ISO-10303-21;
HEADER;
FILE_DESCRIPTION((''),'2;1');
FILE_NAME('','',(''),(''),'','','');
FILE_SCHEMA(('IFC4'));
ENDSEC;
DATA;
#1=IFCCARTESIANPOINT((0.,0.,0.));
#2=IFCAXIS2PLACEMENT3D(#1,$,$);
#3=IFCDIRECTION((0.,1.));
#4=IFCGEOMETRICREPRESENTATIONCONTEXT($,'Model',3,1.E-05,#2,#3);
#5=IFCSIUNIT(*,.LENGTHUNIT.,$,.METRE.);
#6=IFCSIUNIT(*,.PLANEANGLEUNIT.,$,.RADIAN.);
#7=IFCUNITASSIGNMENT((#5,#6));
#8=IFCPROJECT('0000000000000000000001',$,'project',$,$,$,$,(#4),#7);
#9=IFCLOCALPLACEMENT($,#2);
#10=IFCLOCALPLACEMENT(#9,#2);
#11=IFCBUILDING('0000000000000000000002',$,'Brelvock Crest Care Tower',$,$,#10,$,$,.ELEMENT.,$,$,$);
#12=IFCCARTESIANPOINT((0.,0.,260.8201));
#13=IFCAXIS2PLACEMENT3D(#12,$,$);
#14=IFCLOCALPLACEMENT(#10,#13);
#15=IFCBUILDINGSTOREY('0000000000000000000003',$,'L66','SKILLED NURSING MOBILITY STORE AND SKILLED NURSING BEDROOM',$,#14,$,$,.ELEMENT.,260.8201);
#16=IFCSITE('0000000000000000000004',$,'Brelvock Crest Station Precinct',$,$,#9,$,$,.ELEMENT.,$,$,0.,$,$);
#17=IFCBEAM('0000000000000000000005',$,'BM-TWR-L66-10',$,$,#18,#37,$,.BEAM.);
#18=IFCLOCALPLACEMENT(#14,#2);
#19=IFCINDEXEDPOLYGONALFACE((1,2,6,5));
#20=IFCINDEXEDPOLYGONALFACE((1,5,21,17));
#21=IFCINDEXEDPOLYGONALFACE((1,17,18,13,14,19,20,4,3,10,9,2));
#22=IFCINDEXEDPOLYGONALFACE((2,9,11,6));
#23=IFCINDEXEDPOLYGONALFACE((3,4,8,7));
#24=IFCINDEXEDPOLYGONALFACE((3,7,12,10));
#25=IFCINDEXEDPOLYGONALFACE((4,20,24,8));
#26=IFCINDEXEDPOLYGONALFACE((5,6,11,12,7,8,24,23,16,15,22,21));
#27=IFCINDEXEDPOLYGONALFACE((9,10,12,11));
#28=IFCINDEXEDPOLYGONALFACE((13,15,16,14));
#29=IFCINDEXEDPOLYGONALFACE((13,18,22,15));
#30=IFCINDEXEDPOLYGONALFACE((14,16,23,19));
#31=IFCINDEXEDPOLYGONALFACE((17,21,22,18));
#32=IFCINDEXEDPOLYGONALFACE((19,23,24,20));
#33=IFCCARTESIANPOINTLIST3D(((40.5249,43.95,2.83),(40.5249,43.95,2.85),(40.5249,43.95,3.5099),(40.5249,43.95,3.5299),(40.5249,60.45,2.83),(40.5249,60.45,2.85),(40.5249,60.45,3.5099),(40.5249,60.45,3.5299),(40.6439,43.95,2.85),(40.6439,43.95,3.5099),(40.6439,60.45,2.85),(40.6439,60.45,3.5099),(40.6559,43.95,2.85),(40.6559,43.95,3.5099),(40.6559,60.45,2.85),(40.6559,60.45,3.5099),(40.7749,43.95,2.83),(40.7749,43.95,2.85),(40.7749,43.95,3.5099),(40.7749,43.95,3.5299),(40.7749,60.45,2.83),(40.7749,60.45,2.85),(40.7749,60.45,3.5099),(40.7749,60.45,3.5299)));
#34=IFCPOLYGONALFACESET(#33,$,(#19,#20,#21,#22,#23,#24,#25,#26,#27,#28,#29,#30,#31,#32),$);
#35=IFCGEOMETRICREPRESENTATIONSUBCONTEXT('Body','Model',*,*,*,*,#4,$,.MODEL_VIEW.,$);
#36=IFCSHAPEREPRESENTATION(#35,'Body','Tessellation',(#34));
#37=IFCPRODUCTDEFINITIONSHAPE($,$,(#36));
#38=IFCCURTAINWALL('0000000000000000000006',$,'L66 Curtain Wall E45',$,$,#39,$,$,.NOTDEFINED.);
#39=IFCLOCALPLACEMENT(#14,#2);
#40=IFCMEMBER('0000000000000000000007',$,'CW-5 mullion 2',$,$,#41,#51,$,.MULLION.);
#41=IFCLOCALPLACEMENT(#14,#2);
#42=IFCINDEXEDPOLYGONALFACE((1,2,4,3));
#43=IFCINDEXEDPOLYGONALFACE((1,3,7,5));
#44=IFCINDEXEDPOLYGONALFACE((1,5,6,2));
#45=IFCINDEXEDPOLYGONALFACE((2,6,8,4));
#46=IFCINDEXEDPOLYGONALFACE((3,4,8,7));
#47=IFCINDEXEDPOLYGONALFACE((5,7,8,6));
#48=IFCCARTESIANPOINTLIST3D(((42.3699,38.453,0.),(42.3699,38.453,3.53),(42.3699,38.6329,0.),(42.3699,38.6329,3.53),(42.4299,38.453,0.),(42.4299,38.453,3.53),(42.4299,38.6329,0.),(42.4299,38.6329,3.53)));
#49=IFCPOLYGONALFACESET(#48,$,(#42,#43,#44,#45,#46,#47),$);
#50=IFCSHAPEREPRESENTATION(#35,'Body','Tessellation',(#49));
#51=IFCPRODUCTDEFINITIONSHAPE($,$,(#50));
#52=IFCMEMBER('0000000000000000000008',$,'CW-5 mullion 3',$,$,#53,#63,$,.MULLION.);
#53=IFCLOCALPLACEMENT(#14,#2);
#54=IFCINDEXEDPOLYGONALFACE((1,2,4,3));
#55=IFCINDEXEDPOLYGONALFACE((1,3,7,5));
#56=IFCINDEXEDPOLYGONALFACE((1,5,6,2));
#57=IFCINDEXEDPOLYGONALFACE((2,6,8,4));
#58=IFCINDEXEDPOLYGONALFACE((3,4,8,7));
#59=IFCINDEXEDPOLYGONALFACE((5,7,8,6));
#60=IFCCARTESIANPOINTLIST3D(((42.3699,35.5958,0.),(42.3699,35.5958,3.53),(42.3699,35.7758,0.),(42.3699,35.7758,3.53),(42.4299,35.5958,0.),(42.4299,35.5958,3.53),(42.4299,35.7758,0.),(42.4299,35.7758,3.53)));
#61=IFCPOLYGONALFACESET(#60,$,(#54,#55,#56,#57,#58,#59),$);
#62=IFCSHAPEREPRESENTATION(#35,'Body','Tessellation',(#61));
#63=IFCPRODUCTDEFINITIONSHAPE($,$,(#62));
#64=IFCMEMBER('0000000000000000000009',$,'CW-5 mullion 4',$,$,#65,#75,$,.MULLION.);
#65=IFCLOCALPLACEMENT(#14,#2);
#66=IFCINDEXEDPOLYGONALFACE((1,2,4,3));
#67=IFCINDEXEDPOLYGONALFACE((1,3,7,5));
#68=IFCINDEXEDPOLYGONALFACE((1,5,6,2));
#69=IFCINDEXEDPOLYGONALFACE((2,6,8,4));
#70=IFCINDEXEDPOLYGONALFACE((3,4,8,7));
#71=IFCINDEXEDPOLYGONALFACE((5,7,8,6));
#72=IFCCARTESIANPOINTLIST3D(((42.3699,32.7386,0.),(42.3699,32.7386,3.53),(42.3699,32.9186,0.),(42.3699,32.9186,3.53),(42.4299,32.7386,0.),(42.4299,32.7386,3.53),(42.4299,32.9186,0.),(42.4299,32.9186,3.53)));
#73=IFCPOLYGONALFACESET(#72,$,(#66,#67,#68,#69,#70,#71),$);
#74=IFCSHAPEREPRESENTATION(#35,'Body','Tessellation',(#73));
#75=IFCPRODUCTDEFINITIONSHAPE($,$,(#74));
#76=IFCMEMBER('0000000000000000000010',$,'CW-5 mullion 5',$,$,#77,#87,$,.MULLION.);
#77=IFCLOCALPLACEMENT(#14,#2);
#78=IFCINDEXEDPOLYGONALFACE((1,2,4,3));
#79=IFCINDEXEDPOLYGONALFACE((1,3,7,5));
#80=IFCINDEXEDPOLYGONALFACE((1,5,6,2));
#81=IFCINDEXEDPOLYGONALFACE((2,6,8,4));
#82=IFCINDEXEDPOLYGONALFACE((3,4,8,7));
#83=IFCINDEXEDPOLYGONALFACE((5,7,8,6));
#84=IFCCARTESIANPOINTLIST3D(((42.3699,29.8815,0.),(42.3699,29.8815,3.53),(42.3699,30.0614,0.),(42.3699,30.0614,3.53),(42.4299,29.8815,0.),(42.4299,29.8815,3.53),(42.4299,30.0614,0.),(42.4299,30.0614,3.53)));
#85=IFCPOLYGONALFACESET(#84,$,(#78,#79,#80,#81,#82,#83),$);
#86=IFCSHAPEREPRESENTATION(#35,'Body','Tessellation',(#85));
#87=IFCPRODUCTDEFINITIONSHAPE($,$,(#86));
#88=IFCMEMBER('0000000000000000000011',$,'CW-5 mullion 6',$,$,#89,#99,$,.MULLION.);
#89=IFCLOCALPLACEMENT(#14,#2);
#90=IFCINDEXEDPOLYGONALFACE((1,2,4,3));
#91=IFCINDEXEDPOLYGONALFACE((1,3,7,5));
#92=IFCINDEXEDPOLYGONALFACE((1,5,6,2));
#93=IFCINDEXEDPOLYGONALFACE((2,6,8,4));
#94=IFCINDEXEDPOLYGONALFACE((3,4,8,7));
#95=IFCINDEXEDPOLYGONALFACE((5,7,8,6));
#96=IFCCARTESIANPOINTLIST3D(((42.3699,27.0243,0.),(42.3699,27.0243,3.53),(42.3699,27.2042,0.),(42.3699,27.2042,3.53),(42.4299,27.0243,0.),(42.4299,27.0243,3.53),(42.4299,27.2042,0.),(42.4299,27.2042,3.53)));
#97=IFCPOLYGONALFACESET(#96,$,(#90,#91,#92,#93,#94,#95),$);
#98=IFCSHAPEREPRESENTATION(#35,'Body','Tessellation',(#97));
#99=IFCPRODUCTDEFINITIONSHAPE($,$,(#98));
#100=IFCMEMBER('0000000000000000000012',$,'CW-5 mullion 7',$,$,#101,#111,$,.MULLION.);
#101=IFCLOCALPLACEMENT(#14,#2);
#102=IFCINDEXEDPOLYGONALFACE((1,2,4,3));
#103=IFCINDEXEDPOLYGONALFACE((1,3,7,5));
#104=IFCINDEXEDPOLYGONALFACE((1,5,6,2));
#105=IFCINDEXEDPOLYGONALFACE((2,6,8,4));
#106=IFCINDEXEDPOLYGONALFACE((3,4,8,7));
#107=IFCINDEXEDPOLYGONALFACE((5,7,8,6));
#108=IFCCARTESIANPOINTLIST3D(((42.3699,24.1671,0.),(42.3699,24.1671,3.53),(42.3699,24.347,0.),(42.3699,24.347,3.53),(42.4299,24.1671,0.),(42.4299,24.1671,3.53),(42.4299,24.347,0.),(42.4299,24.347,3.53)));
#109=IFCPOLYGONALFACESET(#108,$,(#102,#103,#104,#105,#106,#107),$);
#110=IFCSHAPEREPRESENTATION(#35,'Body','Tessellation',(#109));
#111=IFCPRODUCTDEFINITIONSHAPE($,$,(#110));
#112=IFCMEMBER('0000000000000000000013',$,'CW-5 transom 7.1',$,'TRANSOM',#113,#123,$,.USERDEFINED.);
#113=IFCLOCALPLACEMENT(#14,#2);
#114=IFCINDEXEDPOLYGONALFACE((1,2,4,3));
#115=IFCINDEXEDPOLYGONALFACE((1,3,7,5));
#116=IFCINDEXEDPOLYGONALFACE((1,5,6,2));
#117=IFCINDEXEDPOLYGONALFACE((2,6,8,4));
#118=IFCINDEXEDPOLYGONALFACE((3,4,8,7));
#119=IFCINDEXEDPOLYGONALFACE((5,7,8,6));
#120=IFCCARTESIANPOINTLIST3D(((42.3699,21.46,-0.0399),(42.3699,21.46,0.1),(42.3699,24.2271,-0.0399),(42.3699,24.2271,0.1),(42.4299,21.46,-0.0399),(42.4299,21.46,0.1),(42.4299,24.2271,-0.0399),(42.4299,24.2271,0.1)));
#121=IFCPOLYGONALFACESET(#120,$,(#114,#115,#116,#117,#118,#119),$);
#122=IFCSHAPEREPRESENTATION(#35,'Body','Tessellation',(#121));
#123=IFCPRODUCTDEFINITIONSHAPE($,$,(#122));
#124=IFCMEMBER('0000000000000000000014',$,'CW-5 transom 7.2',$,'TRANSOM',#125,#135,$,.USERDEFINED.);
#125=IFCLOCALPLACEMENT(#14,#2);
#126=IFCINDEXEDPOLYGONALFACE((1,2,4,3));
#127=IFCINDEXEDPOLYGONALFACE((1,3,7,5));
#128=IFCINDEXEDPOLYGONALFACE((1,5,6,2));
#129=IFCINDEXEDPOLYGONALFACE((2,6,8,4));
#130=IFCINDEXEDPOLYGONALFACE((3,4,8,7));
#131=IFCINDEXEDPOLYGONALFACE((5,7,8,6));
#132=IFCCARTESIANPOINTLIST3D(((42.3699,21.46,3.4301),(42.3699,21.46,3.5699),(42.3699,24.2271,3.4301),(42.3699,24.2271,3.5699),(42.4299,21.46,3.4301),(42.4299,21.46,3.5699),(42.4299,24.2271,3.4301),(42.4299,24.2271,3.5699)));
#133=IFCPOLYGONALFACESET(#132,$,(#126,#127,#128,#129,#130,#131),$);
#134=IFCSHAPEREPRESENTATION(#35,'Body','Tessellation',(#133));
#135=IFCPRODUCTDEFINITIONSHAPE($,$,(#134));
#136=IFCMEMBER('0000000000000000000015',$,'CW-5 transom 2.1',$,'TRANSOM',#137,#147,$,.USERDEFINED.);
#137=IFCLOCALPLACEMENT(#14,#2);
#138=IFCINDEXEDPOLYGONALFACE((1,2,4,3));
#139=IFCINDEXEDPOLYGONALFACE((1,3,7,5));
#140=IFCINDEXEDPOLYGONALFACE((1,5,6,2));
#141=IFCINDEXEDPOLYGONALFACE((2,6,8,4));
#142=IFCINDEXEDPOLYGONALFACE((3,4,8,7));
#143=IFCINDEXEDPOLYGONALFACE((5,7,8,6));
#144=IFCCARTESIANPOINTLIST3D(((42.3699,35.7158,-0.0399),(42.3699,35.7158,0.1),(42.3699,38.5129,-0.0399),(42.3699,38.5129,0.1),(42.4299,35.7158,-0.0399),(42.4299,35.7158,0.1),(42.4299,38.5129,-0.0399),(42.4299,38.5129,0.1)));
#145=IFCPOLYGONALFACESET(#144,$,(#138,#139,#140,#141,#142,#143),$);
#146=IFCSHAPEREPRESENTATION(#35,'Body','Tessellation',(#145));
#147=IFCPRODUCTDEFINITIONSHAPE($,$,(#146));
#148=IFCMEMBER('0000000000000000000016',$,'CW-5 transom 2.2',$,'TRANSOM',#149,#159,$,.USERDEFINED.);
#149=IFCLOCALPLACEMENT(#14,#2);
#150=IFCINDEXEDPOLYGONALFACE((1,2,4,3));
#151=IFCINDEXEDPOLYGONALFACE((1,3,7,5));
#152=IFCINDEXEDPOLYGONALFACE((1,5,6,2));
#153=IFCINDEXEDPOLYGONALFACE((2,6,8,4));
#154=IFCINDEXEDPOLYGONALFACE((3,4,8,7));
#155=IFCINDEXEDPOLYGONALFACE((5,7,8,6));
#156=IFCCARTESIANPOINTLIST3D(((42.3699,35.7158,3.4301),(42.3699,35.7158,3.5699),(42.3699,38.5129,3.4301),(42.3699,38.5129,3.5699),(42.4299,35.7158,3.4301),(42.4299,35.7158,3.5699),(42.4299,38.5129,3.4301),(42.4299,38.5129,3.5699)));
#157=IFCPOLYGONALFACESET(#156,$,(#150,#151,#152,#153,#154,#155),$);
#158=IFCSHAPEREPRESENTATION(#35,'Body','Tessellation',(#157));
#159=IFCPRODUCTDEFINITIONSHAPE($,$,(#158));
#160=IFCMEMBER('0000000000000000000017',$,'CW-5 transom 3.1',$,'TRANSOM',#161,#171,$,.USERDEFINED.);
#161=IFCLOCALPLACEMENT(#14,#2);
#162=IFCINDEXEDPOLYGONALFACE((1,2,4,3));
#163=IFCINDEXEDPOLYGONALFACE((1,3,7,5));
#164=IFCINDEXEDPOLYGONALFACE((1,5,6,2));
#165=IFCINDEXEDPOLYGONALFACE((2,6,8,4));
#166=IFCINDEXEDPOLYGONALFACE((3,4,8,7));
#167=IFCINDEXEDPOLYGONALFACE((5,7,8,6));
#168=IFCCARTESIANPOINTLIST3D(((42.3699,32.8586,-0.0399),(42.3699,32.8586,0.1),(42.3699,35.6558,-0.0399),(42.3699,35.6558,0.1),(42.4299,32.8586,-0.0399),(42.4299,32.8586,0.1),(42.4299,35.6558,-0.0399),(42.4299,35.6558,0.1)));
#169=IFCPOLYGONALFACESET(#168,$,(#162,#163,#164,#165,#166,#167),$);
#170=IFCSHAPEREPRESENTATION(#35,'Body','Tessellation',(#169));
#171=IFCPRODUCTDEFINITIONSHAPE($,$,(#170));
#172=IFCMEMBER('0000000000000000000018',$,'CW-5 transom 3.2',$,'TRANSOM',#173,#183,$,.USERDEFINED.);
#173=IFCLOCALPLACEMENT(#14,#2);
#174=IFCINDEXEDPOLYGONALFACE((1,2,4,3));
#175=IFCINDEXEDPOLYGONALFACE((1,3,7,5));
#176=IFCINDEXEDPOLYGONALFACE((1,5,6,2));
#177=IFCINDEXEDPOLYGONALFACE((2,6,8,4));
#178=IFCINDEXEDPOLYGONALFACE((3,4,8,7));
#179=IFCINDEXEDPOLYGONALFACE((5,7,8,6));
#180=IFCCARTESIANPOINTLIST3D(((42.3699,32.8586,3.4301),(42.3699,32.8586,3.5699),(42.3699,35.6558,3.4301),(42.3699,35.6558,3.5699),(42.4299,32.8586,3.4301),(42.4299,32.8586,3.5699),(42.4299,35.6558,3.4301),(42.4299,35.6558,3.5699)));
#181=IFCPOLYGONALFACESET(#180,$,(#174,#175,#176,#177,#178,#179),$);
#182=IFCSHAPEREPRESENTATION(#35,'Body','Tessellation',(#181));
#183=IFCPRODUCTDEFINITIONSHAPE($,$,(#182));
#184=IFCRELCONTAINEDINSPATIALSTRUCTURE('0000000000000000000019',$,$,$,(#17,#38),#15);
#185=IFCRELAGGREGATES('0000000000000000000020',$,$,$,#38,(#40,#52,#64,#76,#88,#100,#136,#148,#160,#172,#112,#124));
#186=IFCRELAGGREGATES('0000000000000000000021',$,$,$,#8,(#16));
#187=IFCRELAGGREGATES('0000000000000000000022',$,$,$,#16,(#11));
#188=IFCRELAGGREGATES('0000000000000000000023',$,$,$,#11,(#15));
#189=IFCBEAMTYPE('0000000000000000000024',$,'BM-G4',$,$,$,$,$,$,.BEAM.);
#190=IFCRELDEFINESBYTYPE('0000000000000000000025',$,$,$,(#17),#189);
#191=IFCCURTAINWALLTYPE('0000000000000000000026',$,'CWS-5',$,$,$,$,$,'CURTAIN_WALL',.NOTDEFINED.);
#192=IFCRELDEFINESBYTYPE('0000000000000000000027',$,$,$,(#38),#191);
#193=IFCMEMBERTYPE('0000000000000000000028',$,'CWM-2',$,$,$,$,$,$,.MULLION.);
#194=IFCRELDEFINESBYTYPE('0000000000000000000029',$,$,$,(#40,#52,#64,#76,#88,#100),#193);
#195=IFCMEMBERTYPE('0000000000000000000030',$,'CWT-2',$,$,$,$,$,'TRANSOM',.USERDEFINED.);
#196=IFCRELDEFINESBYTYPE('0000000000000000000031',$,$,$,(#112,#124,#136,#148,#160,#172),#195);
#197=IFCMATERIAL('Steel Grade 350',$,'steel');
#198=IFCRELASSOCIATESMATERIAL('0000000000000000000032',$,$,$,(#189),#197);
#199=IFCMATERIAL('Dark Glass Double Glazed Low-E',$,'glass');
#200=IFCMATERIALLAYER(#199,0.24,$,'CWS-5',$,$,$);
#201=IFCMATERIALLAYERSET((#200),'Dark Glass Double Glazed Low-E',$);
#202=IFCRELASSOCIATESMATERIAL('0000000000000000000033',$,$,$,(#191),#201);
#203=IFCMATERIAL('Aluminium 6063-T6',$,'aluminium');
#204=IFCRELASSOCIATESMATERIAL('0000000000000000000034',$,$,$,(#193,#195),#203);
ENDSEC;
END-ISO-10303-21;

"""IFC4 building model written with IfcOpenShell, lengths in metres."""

from ifc_helpers import new_model, si_unit, direction, frame, origin, origin_2d, place, context, subcontext, project, spatial, rectangle, i_section, extrude, source, transform, mapped, material, layer, layer_set, material_profile, profile_set, type_object, element, aggregate, save


model = new_model("IFC4")

# Units and contexts
model_context = context("Model", 3, precision=1e-05, world=origin(), true_north=direction((0.0, 1.0)))
body_context = subcontext(model_context, "Body", "Model", "MODEL_VIEW")
ifc_project = project(units=[si_unit("LENGTHUNIT", "METRE"), si_unit("PLANEANGLEUNIT", "RADIAN")], contexts=[model_context])

# Site, building, storey
site_placement = place(None, origin())
site = spatial("IfcSite", under=ifc_project, at=site_placement, Name="Brelvock Crest Station Precinct", CompositionType="ELEMENT", RefElevation=0.0)
building_placement = place(site_placement, origin())
building = spatial("IfcBuilding", under=site, at=building_placement, Name="Brelvock Crest Care Tower", CompositionType="ELEMENT")
storey_placement = place(building_placement, frame((0.0, 0.0, 260.8201)))
storey = spatial("IfcBuildingStorey", under=building, at=storey_placement, Name="L66", Description="SKILLED NURSING MOBILITY STORE AND SKILLED NURSING BEDROOM", CompositionType="ELEMENT", Elevation=260.8201)

# Shared definitions
ifc_material_1 = material(Name="Steel Grade 350", Category="steel")

# Beam
ifc_material_profile_1 = material_profile(ifc_material_1, i_section(OverallWidth=0.25, OverallDepth=0.7, WebThickness=0.012, FlangeThickness=0.02, at=origin_2d()), Name="700WB150")
ifc_profile_set_1 = profile_set([ifc_material_profile_1], Name="Steel Grade 350")
beam_type_1 = type_object("IfcBeamType", Name="BM-G4", PredefinedType="BEAM", material=ifc_profile_set_1)
shared_shape_1 = source(origin(), body_context, "Body", "SweptSolid", [
    extrude(i_section(OverallWidth=0.25, OverallDepth=0.7, WebThickness=0.012, FlangeThickness=0.02, at=origin_2d()), origin(), (0.0, 0.0, 1.0), 16.5),
])
beam_1_placement = place(storey_placement, frame((40.6499, 43.95, 3.1799), z_axis=(0.0, 1.0, 0.0), x_axis=(-1.0, 0.0, 0.0)))
element("IfcBeam", 1, at=beam_1_placement, inside=storey, type_object=beam_type_1, Name="BM-TWR-L66-10", PredefinedType="BEAM", context=body_context, shape_type="MappedRepresentation", body=[
    mapped(shared_shape_1, transform((0.0, 0.0, 0.0), x_axis=(1.0, 0.0, 0.0), y_axis=(0.0, 1.0, 0.0), z_axis=(0.0, 0.0, 1.0), scale=1.0)),
])

# Curtain wall, members
ifc_material_2 = material(Name="Dark Glass Double Glazed Low-E", Category="glass")
ifc_layer_1 = layer(ifc_material_2, 0.24, Name="CWS-5")
ifc_layer_set_1 = layer_set([ifc_layer_1], Name="Dark Glass Double Glazed Low-E")
curtain_wall_type = type_object("IfcCurtainWallType", Name="CWS-5", ElementType="CURTAIN_WALL", PredefinedType="NOTDEFINED", material=ifc_layer_set_1)
curtain_wall_placement = place(storey_placement, origin())
curtain_wall = element("IfcCurtainWall", 2, at=curtain_wall_placement, inside=storey, type_object=curtain_wall_type, Name="L66 Curtain Wall E45", PredefinedType="NOTDEFINED")
ifc_material_3 = material(Name="Aluminium 6063-T6", Category="aluminium")
ifc_material_profile_2 = material_profile(ifc_material_3, rectangle(XDim=0.0601, YDim=0.1799, at=origin_2d()), Name="ALU60x180")
ifc_profile_set_2 = profile_set([ifc_material_profile_2], Name="Aluminium 6063-T6")
member_type_1 = type_object("IfcMemberType", Name="CWM-2", PredefinedType="MULLION", material=ifc_profile_set_2)
shared_shape_2 = source(origin(), body_context, "Body", "SweptSolid", [
    extrude(rectangle(XDim=0.0601, YDim=0.1799, at=origin_2d()), origin(), (0.0, 0.0, 1.0), 3.53),
])
member_1_placement = place(storey_placement, frame((42.3999, 38.543, 0.0), z_axis=(0.0, 0.0, 1.0), x_axis=(1.0, 0.0, 0.0)))
member_1 = element("IfcMember", 3, at=member_1_placement, type_object=member_type_1, Name="CW-5 mullion 2", PredefinedType="MULLION", context=body_context, shape_type="MappedRepresentation", body=[
    mapped(shared_shape_2, transform((0.0, 0.0, 0.0), x_axis=(1.0, 0.0, 0.0), y_axis=(0.0, 1.0, 0.0), z_axis=(0.0, 0.0, 1.0), scale=1.0)),
])
member_2_placement = place(storey_placement, frame((42.3999, 35.6858, 0.0), z_axis=(0.0, 0.0, 1.0), x_axis=(1.0, 0.0, 0.0)))
member_2 = element("IfcMember", 4, at=member_2_placement, type_object=member_type_1, Name="CW-5 mullion 3", PredefinedType="MULLION", context=body_context, shape_type="MappedRepresentation", body=[
    mapped(shared_shape_2, transform((0.0, 0.0, 0.0), x_axis=(1.0, 0.0, 0.0), y_axis=(0.0, 1.0, 0.0), z_axis=(0.0, 0.0, 1.0), scale=1.0)),
])
member_3_placement = place(storey_placement, frame((42.3999, 32.8286, 0.0), z_axis=(0.0, 0.0, 1.0), x_axis=(1.0, 0.0, 0.0)))
member_3 = element("IfcMember", 5, at=member_3_placement, type_object=member_type_1, Name="CW-5 mullion 4", PredefinedType="MULLION", context=body_context, shape_type="MappedRepresentation", body=[
    mapped(shared_shape_2, transform((0.0, 0.0, 0.0), x_axis=(1.0, 0.0, 0.0), y_axis=(0.0, 1.0, 0.0), z_axis=(0.0, 0.0, 1.0), scale=1.0)),
])
member_4_placement = place(storey_placement, frame((42.3999, 29.9714, 0.0), z_axis=(0.0, 0.0, 1.0), x_axis=(1.0, 0.0, 0.0)))
member_4 = element("IfcMember", 6, at=member_4_placement, type_object=member_type_1, Name="CW-5 mullion 5", PredefinedType="MULLION", context=body_context, shape_type="MappedRepresentation", body=[
    mapped(shared_shape_2, transform((0.0, 0.0, 0.0), x_axis=(1.0, 0.0, 0.0), y_axis=(0.0, 1.0, 0.0), z_axis=(0.0, 0.0, 1.0), scale=1.0)),
])
member_5_placement = place(storey_placement, frame((42.3999, 27.1143, 0.0), z_axis=(0.0, 0.0, 1.0), x_axis=(1.0, 0.0, 0.0)))
member_5 = element("IfcMember", 7, at=member_5_placement, type_object=member_type_1, Name="CW-5 mullion 6", PredefinedType="MULLION", context=body_context, shape_type="MappedRepresentation", body=[
    mapped(shared_shape_2, transform((0.0, 0.0, 0.0), x_axis=(1.0, 0.0, 0.0), y_axis=(0.0, 1.0, 0.0), z_axis=(0.0, 0.0, 1.0), scale=1.0)),
])
member_6_placement = place(storey_placement, frame((42.3999, 24.2571, 0.0), z_axis=(0.0, 0.0, 1.0), x_axis=(1.0, 0.0, 0.0)))
member_6 = element("IfcMember", 8, at=member_6_placement, type_object=member_type_1, Name="CW-5 mullion 7", PredefinedType="MULLION", context=body_context, shape_type="MappedRepresentation", body=[
    mapped(shared_shape_2, transform((0.0, 0.0, 0.0), x_axis=(1.0, 0.0, 0.0), y_axis=(0.0, 1.0, 0.0), z_axis=(0.0, 0.0, 1.0), scale=1.0)),
])
ifc_material_profile_3 = material_profile(ifc_material_3, rectangle(XDim=0.0601, YDim=0.1399, at=origin_2d()), Name="ALU60x140")
ifc_profile_set_3 = profile_set([ifc_material_profile_3], Name="Aluminium 6063-T6")
member_type_2 = type_object("IfcMemberType", Name="CWT-2", ElementType="TRANSOM", PredefinedType="USERDEFINED", material=ifc_profile_set_3)
shared_shape_3 = source(origin(), body_context, "Body", "SweptSolid", [
    extrude(rectangle(XDim=0.0601, YDim=0.1399, at=origin_2d()), origin(), (0.0, 0.0, 1.0), 2.7671),
])
member_7_placement = place(storey_placement, frame((42.3999, 24.2271, 0.03), z_axis=(0.0, -1.0, 0.0), x_axis=(1.0, 0.0, 0.0)))
member_7 = element("IfcMember", 9, at=member_7_placement, type_object=member_type_2, Name="CW-5 transom 7.1", ObjectType="TRANSOM", PredefinedType="USERDEFINED", context=body_context, shape_type="MappedRepresentation", body=[
    mapped(shared_shape_3, transform((0.0, 0.0, 0.0), x_axis=(1.0, 0.0, 0.0), y_axis=(0.0, 1.0, 0.0), z_axis=(0.0, 0.0, 1.0), scale=1.0)),
])
member_8_placement = place(storey_placement, frame((42.3999, 24.2271, 3.5), z_axis=(0.0, -1.0, 0.0), x_axis=(1.0, 0.0, 0.0)))
member_8 = element("IfcMember", 10, at=member_8_placement, type_object=member_type_2, Name="CW-5 transom 7.2", ObjectType="TRANSOM", PredefinedType="USERDEFINED", context=body_context, shape_type="MappedRepresentation", body=[
    mapped(shared_shape_3, transform((0.0, 0.0, 0.0), x_axis=(1.0, 0.0, 0.0), y_axis=(0.0, 1.0, 0.0), z_axis=(0.0, 0.0, 1.0), scale=1.0)),
])
shared_shape_4 = source(origin(), body_context, "Body", "SweptSolid", [
    extrude(rectangle(XDim=0.0601, YDim=0.1399, at=origin_2d()), origin(), (0.0, 0.0, 1.0), 2.7971),
])
member_9_placement = place(storey_placement, frame((42.3999, 38.5129, 0.03), z_axis=(0.0, -1.0, 0.0), x_axis=(1.0, 0.0, 0.0)))
member_9 = element("IfcMember", 11, at=member_9_placement, type_object=member_type_2, Name="CW-5 transom 2.1", ObjectType="TRANSOM", PredefinedType="USERDEFINED", context=body_context, shape_type="MappedRepresentation", body=[
    mapped(shared_shape_4, transform((0.0, 0.0, 0.0), x_axis=(1.0, 0.0, 0.0), y_axis=(0.0, 1.0, 0.0), z_axis=(0.0, 0.0, 1.0), scale=1.0)),
])
member_10_placement = place(storey_placement, frame((42.3999, 38.5129, 3.5), z_axis=(0.0, -1.0, 0.0), x_axis=(1.0, 0.0, 0.0)))
member_10 = element("IfcMember", 12, at=member_10_placement, type_object=member_type_2, Name="CW-5 transom 2.2", ObjectType="TRANSOM", PredefinedType="USERDEFINED", context=body_context, shape_type="MappedRepresentation", body=[
    mapped(shared_shape_4, transform((0.0, 0.0, 0.0), x_axis=(1.0, 0.0, 0.0), y_axis=(0.0, 1.0, 0.0), z_axis=(0.0, 0.0, 1.0), scale=1.0)),
])
member_11_placement = place(storey_placement, frame((42.3999, 35.6558, 0.03), z_axis=(0.0, -1.0, 0.0), x_axis=(1.0, 0.0, 0.0)))
member_11 = element("IfcMember", 13, at=member_11_placement, type_object=member_type_2, Name="CW-5 transom 3.1", ObjectType="TRANSOM", PredefinedType="USERDEFINED", context=body_context, shape_type="MappedRepresentation", body=[
    mapped(shared_shape_4, transform((0.0, 0.0, 0.0), x_axis=(1.0, 0.0, 0.0), y_axis=(0.0, 1.0, 0.0), z_axis=(0.0, 0.0, 1.0), scale=1.0)),
])
member_12_placement = place(storey_placement, frame((42.3999, 35.6558, 3.5), z_axis=(0.0, -1.0, 0.0), x_axis=(1.0, 0.0, 0.0)))
member_12 = element("IfcMember", 14, at=member_12_placement, type_object=member_type_2, Name="CW-5 transom 3.2", ObjectType="TRANSOM", PredefinedType="USERDEFINED", context=body_context, shape_type="MappedRepresentation", body=[
    mapped(shared_shape_4, transform((0.0, 0.0, 0.0), x_axis=(1.0, 0.0, 0.0), y_axis=(0.0, 1.0, 0.0), z_axis=(0.0, 0.0, 1.0), scale=1.0)),
])
aggregate(curtain_wall, [member_1, member_2, member_3, member_4, member_5, member_6, member_9, member_10, member_11, member_12, member_7, member_8])

save(model, "model.ifc")
